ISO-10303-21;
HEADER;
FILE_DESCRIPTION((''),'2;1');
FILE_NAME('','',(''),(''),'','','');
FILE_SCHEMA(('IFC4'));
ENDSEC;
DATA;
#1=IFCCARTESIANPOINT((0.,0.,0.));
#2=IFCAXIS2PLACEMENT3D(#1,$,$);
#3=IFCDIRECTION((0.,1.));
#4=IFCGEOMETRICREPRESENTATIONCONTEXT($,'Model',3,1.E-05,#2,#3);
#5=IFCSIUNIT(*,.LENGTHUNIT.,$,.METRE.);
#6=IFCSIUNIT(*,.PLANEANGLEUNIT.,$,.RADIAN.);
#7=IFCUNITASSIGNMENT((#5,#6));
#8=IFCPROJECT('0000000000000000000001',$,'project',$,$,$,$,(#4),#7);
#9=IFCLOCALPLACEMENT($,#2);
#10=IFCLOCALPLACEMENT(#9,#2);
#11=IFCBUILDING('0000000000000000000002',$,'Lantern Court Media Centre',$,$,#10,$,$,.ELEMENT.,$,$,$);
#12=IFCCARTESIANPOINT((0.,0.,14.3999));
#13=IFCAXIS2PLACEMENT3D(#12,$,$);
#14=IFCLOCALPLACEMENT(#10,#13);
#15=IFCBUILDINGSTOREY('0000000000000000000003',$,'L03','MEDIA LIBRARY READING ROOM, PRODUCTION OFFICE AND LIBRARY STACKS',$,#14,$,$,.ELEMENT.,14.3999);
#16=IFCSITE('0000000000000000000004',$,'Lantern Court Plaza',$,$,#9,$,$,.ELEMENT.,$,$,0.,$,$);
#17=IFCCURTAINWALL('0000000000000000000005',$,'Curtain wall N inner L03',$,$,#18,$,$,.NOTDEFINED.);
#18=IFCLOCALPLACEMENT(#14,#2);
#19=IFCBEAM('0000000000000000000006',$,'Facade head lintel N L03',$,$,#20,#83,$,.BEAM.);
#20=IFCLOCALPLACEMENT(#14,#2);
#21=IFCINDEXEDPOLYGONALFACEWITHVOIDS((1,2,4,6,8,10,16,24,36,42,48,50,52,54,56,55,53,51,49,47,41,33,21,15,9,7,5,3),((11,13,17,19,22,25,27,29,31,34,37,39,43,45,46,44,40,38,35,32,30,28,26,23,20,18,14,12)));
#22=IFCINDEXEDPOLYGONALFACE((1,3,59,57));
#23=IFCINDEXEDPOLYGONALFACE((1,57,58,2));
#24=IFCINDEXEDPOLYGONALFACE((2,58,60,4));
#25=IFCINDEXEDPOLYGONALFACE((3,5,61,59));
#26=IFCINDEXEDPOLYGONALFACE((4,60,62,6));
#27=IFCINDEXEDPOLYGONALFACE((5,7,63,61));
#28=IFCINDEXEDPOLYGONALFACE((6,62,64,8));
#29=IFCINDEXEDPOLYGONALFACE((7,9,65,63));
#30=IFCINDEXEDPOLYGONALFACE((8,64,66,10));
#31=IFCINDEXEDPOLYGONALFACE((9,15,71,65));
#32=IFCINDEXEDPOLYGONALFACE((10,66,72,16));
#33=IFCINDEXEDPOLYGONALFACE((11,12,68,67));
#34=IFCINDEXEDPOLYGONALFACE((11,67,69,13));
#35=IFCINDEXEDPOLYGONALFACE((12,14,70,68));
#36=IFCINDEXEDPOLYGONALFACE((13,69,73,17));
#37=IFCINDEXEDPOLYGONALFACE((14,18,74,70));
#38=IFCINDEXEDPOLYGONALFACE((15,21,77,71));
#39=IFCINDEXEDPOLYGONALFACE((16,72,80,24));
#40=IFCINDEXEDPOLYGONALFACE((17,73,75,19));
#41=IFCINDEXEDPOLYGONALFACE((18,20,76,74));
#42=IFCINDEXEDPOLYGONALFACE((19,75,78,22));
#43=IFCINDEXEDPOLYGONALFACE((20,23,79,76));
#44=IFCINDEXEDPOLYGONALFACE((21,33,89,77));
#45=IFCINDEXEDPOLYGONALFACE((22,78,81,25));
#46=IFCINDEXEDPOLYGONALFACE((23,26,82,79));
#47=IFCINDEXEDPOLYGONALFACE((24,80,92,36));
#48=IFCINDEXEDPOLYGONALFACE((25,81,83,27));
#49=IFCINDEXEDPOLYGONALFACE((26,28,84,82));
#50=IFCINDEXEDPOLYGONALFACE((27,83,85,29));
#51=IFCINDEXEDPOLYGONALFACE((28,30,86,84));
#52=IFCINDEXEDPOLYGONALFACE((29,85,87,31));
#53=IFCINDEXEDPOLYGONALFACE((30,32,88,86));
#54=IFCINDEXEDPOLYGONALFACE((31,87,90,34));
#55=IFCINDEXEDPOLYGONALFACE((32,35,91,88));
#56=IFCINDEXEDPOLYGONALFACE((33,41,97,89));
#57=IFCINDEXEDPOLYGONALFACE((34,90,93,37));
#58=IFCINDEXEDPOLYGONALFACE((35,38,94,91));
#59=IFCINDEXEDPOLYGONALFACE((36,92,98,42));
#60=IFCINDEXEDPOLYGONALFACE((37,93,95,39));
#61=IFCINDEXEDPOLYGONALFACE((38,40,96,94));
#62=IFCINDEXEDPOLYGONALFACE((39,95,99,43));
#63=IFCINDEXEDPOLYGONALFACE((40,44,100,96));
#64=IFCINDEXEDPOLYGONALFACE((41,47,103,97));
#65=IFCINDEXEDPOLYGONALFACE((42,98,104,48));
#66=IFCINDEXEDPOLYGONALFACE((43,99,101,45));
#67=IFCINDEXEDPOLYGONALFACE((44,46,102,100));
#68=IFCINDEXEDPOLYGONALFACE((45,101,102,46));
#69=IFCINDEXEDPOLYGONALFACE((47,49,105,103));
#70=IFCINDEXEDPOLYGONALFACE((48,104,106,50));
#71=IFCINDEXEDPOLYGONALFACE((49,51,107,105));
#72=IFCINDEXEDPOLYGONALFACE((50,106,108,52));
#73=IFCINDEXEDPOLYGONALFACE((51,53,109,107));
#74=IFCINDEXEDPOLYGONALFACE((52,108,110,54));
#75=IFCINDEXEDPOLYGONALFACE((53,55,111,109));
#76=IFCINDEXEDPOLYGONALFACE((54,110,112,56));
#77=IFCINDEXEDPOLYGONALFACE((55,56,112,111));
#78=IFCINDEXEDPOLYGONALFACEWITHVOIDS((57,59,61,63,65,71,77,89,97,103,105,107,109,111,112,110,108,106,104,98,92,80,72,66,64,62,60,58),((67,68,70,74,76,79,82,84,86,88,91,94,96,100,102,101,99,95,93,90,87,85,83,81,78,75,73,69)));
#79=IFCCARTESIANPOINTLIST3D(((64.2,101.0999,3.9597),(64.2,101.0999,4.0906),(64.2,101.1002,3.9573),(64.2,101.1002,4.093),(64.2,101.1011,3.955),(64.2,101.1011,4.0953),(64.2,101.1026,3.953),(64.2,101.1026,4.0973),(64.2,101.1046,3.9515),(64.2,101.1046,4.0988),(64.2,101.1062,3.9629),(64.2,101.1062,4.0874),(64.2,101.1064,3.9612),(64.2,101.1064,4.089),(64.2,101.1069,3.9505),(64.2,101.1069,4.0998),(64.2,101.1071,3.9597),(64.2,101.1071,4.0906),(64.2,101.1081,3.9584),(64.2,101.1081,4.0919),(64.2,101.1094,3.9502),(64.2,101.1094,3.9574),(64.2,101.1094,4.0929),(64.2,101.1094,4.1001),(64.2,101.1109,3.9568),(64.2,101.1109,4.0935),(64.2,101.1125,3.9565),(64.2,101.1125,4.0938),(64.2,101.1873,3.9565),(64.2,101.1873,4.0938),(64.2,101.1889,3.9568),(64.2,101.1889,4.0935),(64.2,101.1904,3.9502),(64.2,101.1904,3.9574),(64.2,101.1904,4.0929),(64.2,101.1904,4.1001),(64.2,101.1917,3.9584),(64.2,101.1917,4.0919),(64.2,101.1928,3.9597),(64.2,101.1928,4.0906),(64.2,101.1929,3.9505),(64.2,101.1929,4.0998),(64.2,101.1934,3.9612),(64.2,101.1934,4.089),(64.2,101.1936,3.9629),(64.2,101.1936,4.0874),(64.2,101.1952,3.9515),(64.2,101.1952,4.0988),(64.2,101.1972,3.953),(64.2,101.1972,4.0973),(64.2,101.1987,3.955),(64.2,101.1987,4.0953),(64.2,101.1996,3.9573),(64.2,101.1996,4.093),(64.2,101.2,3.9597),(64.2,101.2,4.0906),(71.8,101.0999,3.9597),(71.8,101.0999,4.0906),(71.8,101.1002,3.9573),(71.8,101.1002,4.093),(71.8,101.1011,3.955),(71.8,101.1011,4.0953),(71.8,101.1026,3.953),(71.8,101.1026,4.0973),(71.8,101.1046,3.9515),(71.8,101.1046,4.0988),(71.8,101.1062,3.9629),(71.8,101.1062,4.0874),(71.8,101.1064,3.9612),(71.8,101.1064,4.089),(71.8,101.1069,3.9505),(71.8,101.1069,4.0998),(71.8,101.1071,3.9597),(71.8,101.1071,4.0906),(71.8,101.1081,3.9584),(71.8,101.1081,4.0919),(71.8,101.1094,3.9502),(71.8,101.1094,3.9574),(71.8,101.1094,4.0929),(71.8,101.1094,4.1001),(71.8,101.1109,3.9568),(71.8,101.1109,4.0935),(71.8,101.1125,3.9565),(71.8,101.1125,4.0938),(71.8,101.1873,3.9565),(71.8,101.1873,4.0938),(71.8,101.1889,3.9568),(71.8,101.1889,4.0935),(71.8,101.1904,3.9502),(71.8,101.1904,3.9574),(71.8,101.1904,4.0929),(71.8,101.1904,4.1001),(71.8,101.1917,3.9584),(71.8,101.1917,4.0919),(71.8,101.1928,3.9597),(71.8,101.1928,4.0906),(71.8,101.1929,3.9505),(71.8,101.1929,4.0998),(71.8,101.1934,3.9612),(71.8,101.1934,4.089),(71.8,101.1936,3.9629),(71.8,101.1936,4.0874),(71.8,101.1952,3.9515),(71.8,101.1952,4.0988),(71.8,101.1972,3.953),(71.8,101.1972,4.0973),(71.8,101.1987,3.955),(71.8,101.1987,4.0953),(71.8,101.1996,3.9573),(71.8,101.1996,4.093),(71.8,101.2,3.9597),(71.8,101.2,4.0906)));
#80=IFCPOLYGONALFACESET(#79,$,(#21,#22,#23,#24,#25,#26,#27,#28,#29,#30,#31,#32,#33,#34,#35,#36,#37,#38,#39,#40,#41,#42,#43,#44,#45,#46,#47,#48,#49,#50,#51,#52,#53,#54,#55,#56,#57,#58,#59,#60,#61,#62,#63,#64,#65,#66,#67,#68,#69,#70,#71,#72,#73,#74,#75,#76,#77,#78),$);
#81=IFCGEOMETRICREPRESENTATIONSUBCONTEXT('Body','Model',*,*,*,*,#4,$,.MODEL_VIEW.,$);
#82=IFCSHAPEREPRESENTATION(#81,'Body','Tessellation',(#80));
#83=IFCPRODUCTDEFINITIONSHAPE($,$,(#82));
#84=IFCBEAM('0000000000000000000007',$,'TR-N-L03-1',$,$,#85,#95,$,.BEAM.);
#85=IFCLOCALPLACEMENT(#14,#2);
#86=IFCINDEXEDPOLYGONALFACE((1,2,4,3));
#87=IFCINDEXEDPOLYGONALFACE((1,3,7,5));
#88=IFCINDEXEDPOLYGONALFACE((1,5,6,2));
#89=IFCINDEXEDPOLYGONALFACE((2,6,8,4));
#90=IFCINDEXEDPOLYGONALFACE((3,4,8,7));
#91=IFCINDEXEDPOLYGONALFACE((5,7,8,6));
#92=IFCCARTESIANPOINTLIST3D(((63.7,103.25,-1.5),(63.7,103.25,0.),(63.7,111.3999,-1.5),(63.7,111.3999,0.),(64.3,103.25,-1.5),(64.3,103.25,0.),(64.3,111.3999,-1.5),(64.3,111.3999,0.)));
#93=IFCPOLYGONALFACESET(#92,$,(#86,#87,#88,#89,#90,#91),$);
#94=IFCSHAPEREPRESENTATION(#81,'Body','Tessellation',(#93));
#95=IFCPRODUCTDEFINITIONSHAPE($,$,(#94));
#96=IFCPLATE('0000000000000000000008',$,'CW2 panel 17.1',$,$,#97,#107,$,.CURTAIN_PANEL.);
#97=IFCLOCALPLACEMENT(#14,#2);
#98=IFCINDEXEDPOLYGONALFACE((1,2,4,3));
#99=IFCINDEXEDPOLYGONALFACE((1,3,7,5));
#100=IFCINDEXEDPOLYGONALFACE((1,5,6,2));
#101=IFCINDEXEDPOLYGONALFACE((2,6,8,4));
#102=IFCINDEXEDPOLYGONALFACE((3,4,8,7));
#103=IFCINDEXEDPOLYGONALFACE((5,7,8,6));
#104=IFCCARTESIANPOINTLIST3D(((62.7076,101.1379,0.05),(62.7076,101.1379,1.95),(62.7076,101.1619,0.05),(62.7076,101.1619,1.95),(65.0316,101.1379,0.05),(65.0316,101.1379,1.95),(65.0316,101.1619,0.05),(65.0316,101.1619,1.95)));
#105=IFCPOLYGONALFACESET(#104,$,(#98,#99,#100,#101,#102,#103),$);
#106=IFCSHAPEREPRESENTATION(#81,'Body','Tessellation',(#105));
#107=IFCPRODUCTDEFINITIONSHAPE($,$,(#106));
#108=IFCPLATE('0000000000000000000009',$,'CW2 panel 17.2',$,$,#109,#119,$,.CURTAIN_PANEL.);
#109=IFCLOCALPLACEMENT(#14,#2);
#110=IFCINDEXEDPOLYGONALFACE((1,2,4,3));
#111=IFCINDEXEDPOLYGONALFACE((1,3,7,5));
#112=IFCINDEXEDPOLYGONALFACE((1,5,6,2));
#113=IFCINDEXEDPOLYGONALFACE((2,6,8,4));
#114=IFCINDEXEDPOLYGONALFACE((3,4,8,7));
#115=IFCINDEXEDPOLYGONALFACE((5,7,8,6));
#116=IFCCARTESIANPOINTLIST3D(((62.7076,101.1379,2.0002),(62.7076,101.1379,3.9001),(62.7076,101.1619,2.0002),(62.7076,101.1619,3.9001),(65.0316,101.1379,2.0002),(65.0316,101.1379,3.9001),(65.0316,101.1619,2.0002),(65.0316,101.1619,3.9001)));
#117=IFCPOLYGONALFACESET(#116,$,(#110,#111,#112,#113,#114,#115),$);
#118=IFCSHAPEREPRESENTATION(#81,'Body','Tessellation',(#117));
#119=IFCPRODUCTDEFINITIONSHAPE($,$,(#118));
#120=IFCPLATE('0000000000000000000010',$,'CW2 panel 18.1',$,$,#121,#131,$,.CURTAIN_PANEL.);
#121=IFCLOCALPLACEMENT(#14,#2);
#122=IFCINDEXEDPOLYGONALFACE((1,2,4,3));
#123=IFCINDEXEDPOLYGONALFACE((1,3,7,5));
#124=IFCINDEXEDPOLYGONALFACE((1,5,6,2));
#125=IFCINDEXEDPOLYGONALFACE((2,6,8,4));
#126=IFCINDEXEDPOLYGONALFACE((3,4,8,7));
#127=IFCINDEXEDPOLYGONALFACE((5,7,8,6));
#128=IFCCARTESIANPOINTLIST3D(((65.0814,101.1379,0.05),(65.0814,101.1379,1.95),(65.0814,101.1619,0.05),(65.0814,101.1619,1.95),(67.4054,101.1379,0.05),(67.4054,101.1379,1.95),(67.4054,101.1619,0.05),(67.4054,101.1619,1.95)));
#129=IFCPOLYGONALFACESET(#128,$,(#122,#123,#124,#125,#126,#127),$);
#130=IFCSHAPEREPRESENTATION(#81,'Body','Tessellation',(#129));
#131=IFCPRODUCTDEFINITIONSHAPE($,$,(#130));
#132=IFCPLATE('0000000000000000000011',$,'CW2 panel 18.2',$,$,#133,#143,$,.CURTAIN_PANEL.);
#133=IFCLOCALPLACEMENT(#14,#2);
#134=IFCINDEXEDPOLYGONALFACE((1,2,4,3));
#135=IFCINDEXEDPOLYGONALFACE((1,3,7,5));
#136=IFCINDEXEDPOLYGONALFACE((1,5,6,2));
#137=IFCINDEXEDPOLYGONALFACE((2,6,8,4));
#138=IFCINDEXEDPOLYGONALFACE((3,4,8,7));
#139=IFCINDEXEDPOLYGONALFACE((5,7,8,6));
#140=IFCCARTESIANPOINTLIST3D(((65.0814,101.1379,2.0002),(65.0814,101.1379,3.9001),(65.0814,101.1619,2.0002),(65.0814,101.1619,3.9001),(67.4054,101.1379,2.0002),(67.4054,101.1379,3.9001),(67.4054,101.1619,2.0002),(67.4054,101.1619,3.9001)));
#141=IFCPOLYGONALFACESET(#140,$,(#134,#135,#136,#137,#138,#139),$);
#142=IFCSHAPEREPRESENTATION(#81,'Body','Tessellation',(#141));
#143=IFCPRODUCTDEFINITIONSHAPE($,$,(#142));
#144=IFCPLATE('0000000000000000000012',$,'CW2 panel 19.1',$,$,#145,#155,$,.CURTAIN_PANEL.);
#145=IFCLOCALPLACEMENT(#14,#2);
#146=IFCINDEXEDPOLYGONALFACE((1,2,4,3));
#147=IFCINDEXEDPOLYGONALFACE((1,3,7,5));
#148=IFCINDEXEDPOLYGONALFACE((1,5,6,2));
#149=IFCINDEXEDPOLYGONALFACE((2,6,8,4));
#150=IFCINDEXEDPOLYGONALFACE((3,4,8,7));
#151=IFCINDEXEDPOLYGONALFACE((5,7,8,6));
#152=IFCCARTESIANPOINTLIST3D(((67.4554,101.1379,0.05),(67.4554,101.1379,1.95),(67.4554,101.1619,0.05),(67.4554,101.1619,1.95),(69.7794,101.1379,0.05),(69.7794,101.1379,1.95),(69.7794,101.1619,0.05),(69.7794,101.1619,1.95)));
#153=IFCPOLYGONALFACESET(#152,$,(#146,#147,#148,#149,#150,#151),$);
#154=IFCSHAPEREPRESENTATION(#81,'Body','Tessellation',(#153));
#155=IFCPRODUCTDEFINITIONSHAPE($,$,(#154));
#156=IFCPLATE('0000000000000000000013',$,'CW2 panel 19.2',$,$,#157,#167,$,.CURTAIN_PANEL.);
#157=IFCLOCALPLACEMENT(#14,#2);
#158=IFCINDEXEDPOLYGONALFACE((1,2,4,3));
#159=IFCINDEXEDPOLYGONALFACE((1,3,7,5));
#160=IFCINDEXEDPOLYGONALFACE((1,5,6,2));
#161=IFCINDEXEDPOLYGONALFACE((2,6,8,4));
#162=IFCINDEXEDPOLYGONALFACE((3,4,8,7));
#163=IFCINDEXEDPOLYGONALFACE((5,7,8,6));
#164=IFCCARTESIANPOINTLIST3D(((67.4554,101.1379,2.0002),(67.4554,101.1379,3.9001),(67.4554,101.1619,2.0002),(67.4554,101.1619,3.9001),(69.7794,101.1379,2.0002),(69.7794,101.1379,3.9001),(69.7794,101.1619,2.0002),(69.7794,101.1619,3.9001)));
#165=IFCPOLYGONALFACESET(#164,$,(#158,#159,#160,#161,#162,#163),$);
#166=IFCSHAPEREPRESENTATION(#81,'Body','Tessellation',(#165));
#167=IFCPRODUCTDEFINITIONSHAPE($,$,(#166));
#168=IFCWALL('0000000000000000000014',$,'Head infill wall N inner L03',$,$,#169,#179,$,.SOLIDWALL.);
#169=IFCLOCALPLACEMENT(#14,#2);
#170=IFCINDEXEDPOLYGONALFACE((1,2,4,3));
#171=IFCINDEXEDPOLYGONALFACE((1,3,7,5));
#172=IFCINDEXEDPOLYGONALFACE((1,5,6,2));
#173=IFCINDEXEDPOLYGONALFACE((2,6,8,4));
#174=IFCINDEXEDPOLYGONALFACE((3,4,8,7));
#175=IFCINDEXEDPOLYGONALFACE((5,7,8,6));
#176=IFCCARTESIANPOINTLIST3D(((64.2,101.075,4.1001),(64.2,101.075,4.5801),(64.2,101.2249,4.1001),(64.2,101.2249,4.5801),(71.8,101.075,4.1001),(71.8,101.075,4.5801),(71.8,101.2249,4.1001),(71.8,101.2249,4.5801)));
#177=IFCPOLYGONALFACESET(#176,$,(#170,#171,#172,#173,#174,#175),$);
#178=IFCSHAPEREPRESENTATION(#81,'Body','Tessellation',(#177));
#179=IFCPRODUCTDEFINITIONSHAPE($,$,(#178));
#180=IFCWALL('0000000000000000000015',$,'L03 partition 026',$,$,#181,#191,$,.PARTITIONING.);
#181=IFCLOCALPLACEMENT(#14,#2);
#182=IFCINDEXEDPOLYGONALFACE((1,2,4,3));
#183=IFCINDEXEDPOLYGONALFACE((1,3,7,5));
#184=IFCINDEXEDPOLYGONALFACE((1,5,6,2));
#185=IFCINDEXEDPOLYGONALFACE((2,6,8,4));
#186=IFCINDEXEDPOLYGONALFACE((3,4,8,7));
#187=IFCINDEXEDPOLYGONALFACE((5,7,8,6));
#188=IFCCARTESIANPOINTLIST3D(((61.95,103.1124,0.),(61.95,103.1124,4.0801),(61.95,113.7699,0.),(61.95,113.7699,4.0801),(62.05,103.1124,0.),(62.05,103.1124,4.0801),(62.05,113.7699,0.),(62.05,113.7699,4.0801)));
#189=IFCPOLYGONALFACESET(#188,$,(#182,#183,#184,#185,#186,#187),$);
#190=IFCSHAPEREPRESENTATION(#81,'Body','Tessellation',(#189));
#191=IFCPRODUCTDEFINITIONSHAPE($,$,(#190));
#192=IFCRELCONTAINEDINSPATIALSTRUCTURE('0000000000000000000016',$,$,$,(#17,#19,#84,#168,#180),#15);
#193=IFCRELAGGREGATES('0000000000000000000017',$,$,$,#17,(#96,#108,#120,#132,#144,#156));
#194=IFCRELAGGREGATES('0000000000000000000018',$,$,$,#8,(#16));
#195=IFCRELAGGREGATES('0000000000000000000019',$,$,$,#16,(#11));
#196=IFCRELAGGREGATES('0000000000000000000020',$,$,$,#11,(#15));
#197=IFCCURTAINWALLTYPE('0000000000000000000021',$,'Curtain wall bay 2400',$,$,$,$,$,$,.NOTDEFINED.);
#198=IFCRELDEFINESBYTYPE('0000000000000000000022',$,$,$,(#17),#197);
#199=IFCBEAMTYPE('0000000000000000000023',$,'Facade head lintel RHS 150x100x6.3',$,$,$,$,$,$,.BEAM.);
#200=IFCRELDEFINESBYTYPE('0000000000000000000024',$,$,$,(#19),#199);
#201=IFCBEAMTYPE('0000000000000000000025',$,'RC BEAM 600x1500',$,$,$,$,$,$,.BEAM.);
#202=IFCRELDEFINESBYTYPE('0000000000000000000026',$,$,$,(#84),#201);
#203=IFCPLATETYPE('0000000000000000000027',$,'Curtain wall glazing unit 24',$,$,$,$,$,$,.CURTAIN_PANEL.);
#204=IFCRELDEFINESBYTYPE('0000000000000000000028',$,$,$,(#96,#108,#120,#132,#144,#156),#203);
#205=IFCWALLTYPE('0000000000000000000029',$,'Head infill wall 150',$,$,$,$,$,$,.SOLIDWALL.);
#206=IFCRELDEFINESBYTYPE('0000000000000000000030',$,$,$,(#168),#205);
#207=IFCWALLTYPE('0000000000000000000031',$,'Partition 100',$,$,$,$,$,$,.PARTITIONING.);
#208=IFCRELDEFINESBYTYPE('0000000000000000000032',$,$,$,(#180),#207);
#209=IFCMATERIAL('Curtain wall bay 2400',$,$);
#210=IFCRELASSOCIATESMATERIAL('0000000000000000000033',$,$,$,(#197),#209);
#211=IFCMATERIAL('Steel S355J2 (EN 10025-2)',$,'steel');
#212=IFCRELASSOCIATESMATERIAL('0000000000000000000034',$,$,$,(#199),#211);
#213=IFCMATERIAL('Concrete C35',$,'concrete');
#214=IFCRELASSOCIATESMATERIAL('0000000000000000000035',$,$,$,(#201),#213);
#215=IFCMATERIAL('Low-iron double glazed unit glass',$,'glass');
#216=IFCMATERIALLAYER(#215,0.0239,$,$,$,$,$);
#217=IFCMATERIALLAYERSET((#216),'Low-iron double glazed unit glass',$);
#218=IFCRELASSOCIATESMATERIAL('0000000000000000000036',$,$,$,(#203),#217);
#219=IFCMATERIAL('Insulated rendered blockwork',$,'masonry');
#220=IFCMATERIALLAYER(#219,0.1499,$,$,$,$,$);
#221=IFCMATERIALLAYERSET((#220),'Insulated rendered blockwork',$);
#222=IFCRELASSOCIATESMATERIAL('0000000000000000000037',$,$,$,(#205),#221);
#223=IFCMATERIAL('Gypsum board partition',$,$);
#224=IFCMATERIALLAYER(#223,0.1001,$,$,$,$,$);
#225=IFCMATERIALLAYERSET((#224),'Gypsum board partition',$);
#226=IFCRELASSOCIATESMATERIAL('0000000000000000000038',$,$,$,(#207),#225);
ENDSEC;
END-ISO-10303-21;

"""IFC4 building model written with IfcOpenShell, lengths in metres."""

from ifc_helpers import new_model, si_unit, direction, frame, frame_2d, origin, origin_2d, place, context, subcontext, project, spatial, rectangle, hollow_rectangle, extrude, material, layer, layer_set, material_profile, profile_set, type_object, element, aggregate, save


model = new_model("IFC4")

# Units and contexts
model_context = context("Model", 3, precision=1e-05, world=origin(), true_north=direction((0.0, 1.0)))
body_context = subcontext(model_context, "Body", "Model", "MODEL_VIEW")
ifc_project = project(units=[si_unit("LENGTHUNIT", "METRE"), si_unit("PLANEANGLEUNIT", "RADIAN")], contexts=[model_context])

# Site, building, storey
site_placement = place(None, origin())
site = spatial("IfcSite", under=ifc_project, at=site_placement, Name="Lantern Court Plaza", CompositionType="ELEMENT", RefElevation=0.0)
building_placement = place(site_placement, origin())
building = spatial("IfcBuilding", under=site, at=building_placement, Name="Lantern Court Media Centre", CompositionType="ELEMENT")
storey_placement = place(building_placement, frame((0.0, 0.0, 14.3999)))
storey = spatial("IfcBuildingStorey", under=building, at=storey_placement, Name="L03", Description="MEDIA LIBRARY READING ROOM, PRODUCTION OFFICE AND LIBRARY STACKS", CompositionType="ELEMENT", Elevation=14.3999)

# Shared definitions
ifc_material_1 = material(Name="Concrete C35", Category="concrete")

# Curtain wall
ifc_material_2 = material(Name="Curtain wall bay 2400")
curtain_wall_type = type_object("IfcCurtainWallType", Name="Curtain wall bay 2400", PredefinedType="NOTDEFINED", material=ifc_material_2)
curtain_wall_placement = place(storey_placement, origin())
curtain_wall = element("IfcCurtainWall", 1, at=curtain_wall_placement, inside=storey, type_object=curtain_wall_type, Name="Curtain wall N inner L03", PredefinedType="NOTDEFINED")

# Beams
ifc_material_3 = material(Name="Steel S355J2 (EN 10025-2)", Category="steel")
ifc_material_profile_1 = material_profile(ifc_material_3, hollow_rectangle(XDim=0.1001, YDim=0.1499, WallThickness=0.0063, InnerFilletRadius=0.0063, OuterFilletRadius=0.0095, at=origin_2d()), Name="Facade head lintel RHS 150x100x6.3")
ifc_profile_set_1 = profile_set([ifc_material_profile_1], Name="Steel S355J2 (EN 10025-2)")
beam_type_1 = type_object("IfcBeamType", Name="Facade head lintel RHS 150x100x6.3", PredefinedType="BEAM", material=ifc_profile_set_1)
beam_1_placement = place(storey_placement, frame((64.2, 101.1499, 4.0251), z_axis=(1.0, 0.0, 0.0), x_axis=(0.0, 1.0, 0.0)))
element("IfcBeam", 2, at=beam_1_placement, inside=storey, type_object=beam_type_1, Name="Facade head lintel N L03", PredefinedType="BEAM", context=body_context, shape_type="SweptSolid", body=[
    extrude(hollow_rectangle(XDim=0.1001, YDim=0.1499, WallThickness=0.0063, InnerFilletRadius=0.0063, OuterFilletRadius=0.0095, at=origin_2d()), origin(), (0.0, 0.0, 1.0), 7.6001),
])
ifc_material_profile_2 = material_profile(ifc_material_1, rectangle(XDim=0.6001, YDim=1.5, at=origin_2d()), Name="RC 600x1500")
ifc_profile_set_2 = profile_set([ifc_material_profile_2], Name="Concrete C35")
beam_type_2 = type_object("IfcBeamType", Name="RC BEAM 600x1500", PredefinedType="BEAM", material=ifc_profile_set_2)
beam_2_placement = place(storey_placement, frame((64.0, 103.25, -0.75), z_axis=(0.0, 1.0, 0.0), x_axis=(-1.0, 0.0, 0.0)))
element("IfcBeam", 3, at=beam_2_placement, inside=storey, type_object=beam_type_2, Name="TR-N-L03-1", PredefinedType="BEAM", context=body_context, shape_type="SweptSolid", body=[
    extrude(rectangle(XDim=0.6001, YDim=1.5, at=origin_2d()), origin(), (0.0, 0.0, 1.0), 8.1499),
])

# Plates
ifc_material_4 = material(Name="Low-iron double glazed unit glass", Category="glass")
ifc_layer_1 = layer(ifc_material_4, 0.0239)
ifc_layer_set_1 = layer_set([ifc_layer_1], Name="Low-iron double glazed unit glass")
plate_type = type_object("IfcPlateType", Name="Curtain wall glazing unit 24", PredefinedType="CURTAIN_PANEL", material=ifc_layer_set_1)
plate_1_placement = place(storey_placement, frame((63.8696, 101.1499, 0.05), z_axis=(0.0, 0.0, 1.0), x_axis=(1.0, 0.0, 0.0)))
plate_1 = element("IfcPlate", 4, at=plate_1_placement, type_object=plate_type, Name="CW2 panel 17.1", PredefinedType="CURTAIN_PANEL", context=body_context, shape_type="SweptSolid", body=[
    extrude(rectangle(XDim=2.324, YDim=0.0239, at=origin_2d()), origin(), (0.0, 0.0, 1.0), 1.8999),
])
plate_2_placement = place(storey_placement, frame((63.8696, 101.1499, 2.0002), z_axis=(0.0, 0.0, 1.0), x_axis=(1.0, 0.0, 0.0)))
plate_2 = element("IfcPlate", 5, at=plate_2_placement, type_object=plate_type, Name="CW2 panel 17.2", PredefinedType="CURTAIN_PANEL", context=body_context, shape_type="SweptSolid", body=[
    extrude(rectangle(XDim=2.324, YDim=0.0239, at=origin_2d()), origin(), (0.0, 0.0, 1.0), 1.8999),
])
plate_3_placement = place(storey_placement, frame((66.2434, 101.1499, 0.05), z_axis=(0.0, 0.0, 1.0), x_axis=(1.0, 0.0, 0.0)))
plate_3 = element("IfcPlate", 6, at=plate_3_placement, type_object=plate_type, Name="CW2 panel 18.1", PredefinedType="CURTAIN_PANEL", context=body_context, shape_type="SweptSolid", body=[
    extrude(rectangle(XDim=2.324, YDim=0.0239, at=origin_2d()), origin(), (0.0, 0.0, 1.0), 1.8999),
])
plate_4_placement = place(storey_placement, frame((66.2434, 101.1499, 2.0002), z_axis=(0.0, 0.0, 1.0), x_axis=(1.0, 0.0, 0.0)))
plate_4 = element("IfcPlate", 7, at=plate_4_placement, type_object=plate_type, Name="CW2 panel 18.2", PredefinedType="CURTAIN_PANEL", context=body_context, shape_type="SweptSolid", body=[
    extrude(rectangle(XDim=2.324, YDim=0.0239, at=origin_2d()), origin(), (0.0, 0.0, 1.0), 1.8999),
])
plate_5_placement = place(storey_placement, frame((68.6174, 101.1499, 0.05), z_axis=(0.0, 0.0, 1.0), x_axis=(1.0, 0.0, 0.0)))
plate_5 = element("IfcPlate", 8, at=plate_5_placement, type_object=plate_type, Name="CW2 panel 19.1", PredefinedType="CURTAIN_PANEL", context=body_context, shape_type="SweptSolid", body=[
    extrude(rectangle(XDim=2.324, YDim=0.0239, at=origin_2d()), origin(), (0.0, 0.0, 1.0), 1.8999),
])
plate_6_placement = place(storey_placement, frame((68.6174, 101.1499, 2.0002), z_axis=(0.0, 0.0, 1.0), x_axis=(1.0, 0.0, 0.0)))
plate_6 = element("IfcPlate", 9, at=plate_6_placement, type_object=plate_type, Name="CW2 panel 19.2", PredefinedType="CURTAIN_PANEL", context=body_context, shape_type="SweptSolid", body=[
    extrude(rectangle(XDim=2.324, YDim=0.0239, at=origin_2d()), origin(), (0.0, 0.0, 1.0), 1.8999),
])
aggregate(curtain_wall, [plate_1, plate_2, plate_3, plate_4, plate_5, plate_6])

# Walls
ifc_material_5 = material(Name="Insulated rendered blockwork", Category="masonry")
ifc_layer_2 = layer(ifc_material_5, 0.1499)
ifc_layer_set_2 = layer_set([ifc_layer_2], Name="Insulated rendered blockwork")
wall_type_1 = type_object("IfcWallType", Name="Head infill wall 150", PredefinedType="SOLIDWALL", material=ifc_layer_set_2)
wall_1_placement = place(storey_placement, frame((64.2, 101.1499, 4.1001), z_axis=(0.0, 0.0, 1.0), x_axis=(1.0, 0.0, 0.0)))
element("IfcWall", 10, at=wall_1_placement, inside=storey, type_object=wall_type_1, Name="Head infill wall N inner L03", PredefinedType="SOLIDWALL", context=body_context, shape_type="SweptSolid", body=[
    extrude(rectangle(XDim=7.6001, YDim=0.1499, at=frame_2d((3.8, 0.0))), origin(), (0.0, 0.0, 1.0), 0.48),
])
ifc_material_6 = material(Name="Gypsum board partition")
ifc_layer_3 = layer(ifc_material_6, 0.1001)
ifc_layer_set_3 = layer_set([ifc_layer_3], Name="Gypsum board partition")
wall_type_2 = type_object("IfcWallType", Name="Partition 100", PredefinedType="PARTITIONING", material=ifc_layer_set_3)
wall_2_placement = place(storey_placement, frame((62.0, 103.1125, 0.0), z_axis=(0.0, 0.0, 1.0), x_axis=(0.0, 1.0, 0.0)))
element("IfcWall", 11, at=wall_2_placement, inside=storey, type_object=wall_type_2, Name="L03 partition 026", PredefinedType="PARTITIONING", context=body_context, shape_type="SweptSolid", body=[
    extrude(rectangle(XDim=10.6575, YDim=0.1001, at=frame_2d((5.3286, 0.0))), origin(), (0.0, 0.0, 1.0), 4.0801),
])

save(model, "model.ifc")
